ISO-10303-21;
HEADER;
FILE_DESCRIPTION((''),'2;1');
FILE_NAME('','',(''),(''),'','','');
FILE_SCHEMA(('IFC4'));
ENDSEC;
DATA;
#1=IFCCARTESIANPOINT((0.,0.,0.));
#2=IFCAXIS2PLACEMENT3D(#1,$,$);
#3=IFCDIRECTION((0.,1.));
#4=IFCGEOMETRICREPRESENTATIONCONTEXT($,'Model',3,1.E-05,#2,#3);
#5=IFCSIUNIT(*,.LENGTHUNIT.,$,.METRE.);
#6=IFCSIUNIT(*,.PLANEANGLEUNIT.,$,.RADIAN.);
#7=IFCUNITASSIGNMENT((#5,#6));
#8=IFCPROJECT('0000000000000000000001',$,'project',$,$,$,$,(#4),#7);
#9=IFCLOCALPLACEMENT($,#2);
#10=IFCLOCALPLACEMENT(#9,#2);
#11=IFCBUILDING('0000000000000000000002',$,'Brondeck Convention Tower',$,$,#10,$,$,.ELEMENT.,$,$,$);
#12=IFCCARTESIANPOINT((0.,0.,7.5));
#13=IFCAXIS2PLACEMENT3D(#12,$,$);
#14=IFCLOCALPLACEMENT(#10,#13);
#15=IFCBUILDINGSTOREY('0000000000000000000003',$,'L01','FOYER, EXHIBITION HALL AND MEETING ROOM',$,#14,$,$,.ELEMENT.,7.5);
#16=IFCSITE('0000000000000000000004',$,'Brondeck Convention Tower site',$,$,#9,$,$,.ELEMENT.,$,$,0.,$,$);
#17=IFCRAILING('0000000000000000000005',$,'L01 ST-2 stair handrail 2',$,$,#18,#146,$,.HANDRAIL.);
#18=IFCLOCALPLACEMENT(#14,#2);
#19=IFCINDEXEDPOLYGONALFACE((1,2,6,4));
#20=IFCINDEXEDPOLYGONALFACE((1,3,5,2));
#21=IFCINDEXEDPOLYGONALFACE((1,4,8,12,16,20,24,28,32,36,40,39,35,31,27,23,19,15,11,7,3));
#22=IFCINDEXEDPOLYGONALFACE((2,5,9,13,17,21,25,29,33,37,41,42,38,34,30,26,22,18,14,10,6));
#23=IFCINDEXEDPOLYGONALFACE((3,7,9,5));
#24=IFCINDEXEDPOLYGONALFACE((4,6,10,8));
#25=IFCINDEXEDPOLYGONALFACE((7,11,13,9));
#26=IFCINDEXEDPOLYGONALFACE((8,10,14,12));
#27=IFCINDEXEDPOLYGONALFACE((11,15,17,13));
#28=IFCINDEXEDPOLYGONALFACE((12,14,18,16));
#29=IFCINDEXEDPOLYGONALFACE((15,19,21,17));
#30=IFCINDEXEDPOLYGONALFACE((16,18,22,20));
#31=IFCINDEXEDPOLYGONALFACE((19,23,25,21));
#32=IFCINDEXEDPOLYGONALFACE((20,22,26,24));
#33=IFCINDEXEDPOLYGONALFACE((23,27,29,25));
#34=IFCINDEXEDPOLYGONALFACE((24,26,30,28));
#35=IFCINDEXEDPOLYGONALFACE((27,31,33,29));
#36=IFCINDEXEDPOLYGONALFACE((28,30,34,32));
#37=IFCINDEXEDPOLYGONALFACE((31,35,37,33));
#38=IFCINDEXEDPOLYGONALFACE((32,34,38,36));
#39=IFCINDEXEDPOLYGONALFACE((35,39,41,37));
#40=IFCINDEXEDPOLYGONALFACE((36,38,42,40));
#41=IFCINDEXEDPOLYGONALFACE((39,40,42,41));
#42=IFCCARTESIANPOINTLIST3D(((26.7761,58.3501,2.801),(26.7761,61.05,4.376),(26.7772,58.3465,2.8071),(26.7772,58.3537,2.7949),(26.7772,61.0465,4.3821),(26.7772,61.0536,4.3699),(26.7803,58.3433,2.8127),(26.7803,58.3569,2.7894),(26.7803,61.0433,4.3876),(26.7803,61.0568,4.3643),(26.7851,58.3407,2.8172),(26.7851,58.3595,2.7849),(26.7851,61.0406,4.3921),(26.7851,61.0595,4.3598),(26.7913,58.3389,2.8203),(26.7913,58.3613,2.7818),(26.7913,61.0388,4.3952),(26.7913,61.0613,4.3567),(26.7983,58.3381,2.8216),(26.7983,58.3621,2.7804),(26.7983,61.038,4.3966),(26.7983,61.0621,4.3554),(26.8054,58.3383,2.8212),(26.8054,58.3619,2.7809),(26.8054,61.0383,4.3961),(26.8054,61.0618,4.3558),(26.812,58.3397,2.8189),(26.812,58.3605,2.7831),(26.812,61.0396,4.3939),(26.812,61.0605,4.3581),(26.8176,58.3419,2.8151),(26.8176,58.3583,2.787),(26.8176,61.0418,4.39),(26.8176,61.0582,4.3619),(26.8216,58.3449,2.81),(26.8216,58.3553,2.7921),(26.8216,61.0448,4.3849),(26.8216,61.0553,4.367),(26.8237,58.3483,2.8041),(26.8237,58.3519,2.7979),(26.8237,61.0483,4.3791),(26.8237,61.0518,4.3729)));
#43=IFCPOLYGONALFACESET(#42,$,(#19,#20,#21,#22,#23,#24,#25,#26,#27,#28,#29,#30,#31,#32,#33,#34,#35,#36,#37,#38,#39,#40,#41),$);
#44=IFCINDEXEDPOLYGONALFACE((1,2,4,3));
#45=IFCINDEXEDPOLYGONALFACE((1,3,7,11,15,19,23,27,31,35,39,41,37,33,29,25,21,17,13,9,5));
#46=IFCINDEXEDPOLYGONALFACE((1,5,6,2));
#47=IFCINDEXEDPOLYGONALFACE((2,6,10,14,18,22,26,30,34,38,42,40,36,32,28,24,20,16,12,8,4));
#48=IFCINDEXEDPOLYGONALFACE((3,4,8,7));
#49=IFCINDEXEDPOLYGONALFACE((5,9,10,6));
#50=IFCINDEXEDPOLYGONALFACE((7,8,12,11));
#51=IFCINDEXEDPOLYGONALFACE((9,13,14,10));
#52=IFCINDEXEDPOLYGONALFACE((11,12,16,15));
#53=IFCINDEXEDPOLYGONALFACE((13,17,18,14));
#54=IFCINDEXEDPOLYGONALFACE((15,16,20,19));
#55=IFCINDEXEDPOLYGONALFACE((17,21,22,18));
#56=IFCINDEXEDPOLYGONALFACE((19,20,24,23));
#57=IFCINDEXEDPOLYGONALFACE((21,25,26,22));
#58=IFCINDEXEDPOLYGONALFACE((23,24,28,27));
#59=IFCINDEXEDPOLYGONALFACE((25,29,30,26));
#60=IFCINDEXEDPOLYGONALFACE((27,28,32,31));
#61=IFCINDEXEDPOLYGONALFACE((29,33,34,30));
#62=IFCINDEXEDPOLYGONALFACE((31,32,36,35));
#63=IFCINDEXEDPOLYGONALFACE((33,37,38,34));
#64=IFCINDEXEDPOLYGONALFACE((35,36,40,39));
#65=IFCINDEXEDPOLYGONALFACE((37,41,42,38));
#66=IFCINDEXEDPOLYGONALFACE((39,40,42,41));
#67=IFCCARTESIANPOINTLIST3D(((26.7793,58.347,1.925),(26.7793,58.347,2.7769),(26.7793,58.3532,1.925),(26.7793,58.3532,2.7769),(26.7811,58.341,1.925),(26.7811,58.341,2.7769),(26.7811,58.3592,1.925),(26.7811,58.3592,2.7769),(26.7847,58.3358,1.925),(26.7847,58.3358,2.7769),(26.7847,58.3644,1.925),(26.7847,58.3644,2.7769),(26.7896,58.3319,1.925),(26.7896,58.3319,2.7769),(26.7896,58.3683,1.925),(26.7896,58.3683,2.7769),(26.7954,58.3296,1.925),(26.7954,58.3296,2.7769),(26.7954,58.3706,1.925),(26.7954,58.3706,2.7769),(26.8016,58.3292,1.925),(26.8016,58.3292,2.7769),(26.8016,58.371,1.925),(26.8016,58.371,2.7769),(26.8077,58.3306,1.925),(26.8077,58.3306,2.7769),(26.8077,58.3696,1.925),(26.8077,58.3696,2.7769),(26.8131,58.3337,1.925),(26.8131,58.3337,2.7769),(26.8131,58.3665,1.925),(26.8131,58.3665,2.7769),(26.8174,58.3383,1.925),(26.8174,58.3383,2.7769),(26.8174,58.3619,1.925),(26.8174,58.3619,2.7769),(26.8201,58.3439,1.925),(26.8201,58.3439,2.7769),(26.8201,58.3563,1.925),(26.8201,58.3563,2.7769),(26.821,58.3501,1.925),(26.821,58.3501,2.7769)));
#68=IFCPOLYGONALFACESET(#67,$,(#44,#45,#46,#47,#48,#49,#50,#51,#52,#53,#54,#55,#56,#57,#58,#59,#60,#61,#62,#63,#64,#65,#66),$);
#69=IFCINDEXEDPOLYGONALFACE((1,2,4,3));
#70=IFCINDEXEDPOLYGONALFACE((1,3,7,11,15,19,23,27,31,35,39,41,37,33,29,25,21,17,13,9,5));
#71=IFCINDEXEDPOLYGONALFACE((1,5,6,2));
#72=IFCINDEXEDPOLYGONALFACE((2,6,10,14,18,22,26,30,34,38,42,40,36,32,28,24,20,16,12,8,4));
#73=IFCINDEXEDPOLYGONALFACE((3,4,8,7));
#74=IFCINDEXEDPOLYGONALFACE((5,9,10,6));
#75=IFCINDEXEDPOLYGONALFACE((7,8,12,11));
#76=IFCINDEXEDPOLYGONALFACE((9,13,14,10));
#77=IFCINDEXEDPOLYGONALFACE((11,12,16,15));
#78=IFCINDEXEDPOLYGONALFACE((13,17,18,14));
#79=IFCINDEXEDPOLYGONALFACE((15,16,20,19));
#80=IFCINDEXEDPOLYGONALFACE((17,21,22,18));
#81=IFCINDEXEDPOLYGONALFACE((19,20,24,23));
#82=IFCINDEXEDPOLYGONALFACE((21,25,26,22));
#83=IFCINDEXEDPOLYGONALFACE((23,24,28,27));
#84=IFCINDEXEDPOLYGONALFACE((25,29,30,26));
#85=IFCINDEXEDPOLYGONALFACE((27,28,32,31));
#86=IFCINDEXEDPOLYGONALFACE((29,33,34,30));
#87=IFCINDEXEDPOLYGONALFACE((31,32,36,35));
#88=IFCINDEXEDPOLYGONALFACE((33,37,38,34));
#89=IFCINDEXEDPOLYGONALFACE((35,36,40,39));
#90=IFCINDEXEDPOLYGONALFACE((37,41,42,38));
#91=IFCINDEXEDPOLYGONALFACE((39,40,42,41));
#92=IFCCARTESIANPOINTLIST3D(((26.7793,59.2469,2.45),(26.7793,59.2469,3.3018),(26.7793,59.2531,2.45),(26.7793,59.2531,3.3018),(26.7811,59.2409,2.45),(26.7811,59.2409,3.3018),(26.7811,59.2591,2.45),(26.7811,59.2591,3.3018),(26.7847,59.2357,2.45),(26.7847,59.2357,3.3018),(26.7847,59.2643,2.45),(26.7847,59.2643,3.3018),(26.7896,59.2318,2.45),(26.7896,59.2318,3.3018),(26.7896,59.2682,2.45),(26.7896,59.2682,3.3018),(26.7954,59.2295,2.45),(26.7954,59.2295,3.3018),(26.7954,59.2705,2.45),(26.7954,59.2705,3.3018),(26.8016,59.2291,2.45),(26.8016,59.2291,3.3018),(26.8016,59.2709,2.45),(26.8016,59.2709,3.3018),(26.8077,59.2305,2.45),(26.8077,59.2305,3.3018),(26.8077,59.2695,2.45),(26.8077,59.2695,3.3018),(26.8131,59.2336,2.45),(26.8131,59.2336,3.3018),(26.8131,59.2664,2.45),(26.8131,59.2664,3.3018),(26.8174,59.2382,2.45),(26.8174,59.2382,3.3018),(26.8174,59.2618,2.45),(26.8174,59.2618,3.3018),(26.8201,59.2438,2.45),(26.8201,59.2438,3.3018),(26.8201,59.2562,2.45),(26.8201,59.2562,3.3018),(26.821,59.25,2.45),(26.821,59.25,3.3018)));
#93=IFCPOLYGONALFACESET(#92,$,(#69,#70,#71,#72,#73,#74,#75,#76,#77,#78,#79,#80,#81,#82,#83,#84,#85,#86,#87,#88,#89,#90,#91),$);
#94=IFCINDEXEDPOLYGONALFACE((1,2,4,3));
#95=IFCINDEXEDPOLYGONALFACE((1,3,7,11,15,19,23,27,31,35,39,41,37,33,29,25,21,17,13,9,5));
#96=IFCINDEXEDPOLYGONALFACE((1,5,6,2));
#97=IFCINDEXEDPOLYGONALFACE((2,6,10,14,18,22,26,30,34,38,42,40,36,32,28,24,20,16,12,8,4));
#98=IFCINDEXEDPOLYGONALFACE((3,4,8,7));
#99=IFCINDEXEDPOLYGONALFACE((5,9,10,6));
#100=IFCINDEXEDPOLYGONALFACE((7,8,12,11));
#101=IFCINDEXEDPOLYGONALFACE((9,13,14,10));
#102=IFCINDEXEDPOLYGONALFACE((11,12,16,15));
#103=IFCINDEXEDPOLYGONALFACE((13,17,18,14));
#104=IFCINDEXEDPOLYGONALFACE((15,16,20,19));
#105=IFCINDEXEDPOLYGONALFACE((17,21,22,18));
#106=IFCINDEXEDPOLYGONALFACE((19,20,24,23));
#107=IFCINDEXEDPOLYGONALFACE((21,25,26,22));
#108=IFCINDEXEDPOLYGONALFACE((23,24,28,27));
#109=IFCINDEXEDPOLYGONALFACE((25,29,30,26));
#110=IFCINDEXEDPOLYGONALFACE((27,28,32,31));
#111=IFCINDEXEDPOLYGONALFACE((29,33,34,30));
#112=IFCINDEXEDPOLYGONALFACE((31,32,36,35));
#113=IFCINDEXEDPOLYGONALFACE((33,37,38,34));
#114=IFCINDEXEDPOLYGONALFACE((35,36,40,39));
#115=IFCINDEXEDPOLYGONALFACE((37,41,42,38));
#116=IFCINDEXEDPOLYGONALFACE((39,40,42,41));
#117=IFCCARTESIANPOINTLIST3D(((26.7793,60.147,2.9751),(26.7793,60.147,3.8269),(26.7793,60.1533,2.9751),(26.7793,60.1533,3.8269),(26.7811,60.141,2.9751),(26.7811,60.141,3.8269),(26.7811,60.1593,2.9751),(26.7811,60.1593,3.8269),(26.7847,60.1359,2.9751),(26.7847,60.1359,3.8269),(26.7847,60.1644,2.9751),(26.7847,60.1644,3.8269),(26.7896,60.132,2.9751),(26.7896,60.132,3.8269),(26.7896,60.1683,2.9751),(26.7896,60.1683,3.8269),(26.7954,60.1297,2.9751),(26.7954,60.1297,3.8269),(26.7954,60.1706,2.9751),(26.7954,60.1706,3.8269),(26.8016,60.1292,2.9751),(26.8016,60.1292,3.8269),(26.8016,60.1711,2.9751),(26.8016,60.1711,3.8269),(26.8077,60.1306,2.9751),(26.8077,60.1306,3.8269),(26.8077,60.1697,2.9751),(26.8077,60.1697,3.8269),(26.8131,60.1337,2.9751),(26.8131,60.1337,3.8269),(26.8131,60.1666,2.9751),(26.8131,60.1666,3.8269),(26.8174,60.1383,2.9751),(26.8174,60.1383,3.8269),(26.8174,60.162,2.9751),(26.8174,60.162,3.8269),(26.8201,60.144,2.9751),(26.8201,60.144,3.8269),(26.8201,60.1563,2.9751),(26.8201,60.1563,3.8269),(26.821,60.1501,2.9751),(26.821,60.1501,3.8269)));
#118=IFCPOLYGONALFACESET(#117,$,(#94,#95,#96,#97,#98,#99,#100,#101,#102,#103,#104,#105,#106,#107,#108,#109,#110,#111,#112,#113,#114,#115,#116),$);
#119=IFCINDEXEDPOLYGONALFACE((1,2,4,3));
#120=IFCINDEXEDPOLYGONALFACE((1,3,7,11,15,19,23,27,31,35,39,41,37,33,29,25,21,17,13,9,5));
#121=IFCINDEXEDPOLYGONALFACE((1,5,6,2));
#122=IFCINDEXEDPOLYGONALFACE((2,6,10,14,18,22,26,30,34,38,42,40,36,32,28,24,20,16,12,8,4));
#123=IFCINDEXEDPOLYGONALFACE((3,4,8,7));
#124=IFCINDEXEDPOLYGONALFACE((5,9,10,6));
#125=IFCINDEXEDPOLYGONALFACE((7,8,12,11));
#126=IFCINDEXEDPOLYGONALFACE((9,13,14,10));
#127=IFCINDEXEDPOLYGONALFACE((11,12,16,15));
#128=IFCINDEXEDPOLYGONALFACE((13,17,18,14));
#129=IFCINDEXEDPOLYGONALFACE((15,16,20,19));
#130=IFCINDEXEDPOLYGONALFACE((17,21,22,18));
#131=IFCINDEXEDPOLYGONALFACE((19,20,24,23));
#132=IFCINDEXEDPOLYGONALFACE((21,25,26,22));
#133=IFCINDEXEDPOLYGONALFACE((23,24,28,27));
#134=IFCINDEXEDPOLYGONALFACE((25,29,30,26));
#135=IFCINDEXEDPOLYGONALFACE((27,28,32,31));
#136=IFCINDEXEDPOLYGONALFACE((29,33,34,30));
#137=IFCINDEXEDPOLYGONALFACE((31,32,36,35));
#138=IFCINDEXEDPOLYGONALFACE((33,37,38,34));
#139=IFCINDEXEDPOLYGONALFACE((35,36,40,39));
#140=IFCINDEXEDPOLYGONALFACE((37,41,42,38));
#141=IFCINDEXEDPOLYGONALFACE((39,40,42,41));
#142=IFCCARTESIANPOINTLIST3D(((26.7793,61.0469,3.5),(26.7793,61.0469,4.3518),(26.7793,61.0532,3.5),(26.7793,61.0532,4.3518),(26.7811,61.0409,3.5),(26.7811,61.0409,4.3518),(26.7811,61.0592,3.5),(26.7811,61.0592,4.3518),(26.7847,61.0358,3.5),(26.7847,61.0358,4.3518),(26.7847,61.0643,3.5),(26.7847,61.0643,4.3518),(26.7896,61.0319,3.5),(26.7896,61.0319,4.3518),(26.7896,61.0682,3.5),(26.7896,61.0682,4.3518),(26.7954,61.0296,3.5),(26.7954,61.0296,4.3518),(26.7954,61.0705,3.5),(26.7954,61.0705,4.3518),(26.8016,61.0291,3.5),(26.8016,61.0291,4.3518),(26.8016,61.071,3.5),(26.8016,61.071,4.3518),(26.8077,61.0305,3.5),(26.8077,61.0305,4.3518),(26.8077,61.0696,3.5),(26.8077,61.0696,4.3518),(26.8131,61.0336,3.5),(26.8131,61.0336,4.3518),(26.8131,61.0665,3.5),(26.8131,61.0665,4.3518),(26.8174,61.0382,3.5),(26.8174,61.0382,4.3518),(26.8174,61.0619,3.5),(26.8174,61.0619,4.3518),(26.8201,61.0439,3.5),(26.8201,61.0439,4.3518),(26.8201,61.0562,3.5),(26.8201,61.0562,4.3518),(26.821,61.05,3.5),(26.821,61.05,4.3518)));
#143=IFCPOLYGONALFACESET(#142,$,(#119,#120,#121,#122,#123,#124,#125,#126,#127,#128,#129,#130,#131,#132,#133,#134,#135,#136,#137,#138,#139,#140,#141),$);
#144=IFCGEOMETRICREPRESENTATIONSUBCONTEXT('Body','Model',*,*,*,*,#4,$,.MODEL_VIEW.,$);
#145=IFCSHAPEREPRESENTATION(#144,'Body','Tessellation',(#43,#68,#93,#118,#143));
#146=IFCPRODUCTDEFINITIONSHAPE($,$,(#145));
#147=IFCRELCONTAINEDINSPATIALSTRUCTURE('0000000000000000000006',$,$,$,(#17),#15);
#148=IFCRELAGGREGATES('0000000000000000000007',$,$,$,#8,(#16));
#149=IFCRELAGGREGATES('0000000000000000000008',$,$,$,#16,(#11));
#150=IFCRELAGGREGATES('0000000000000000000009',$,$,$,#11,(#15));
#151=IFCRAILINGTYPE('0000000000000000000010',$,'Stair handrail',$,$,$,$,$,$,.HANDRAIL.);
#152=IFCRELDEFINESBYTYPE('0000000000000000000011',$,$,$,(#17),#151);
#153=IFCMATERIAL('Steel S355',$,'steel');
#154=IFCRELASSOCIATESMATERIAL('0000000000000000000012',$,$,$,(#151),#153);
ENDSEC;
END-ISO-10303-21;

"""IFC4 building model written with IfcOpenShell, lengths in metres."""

from ifc_helpers import new_model, si_unit, direction, frame, origin, origin_2d, place, context, subcontext, project, spatial, circle, extrude, material, type_object, element, save


model = new_model("IFC4")

# Units and contexts
model_context = context("Model", 3, precision=1e-05, world=origin(), true_north=direction((0.0, 1.0)))
body_context = subcontext(model_context, "Body", "Model", "MODEL_VIEW")
ifc_project = project(units=[si_unit("LENGTHUNIT", "METRE"), si_unit("PLANEANGLEUNIT", "RADIAN")], contexts=[model_context])

# Site, building, storey
site_placement = place(None, origin())
site = spatial("IfcSite", under=ifc_project, at=site_placement, Name="Brondeck Convention Tower site", CompositionType="ELEMENT", RefElevation=0.0)
building_placement = place(site_placement, origin())
building = spatial("IfcBuilding", under=site, at=building_placement, Name="Brondeck Convention Tower", CompositionType="ELEMENT")
storey_placement = place(building_placement, frame((0.0, 0.0, 7.5)))
storey = spatial("IfcBuildingStorey", under=building, at=storey_placement, Name="L01", Description="FOYER, EXHIBITION HALL AND MEETING ROOM", CompositionType="ELEMENT", Elevation=7.5)

# Shared definitions
ifc_material_1 = material(Name="Steel S355", Category="steel")

# Railing
railing_type_1 = type_object("IfcRailingType", Name="Stair handrail", PredefinedType="HANDRAIL", material=ifc_material_1)
railing_1_placement = place(storey_placement, frame((26.8, 58.3501, 1.925)))
element("IfcRailing", 1, at=railing_1_placement, inside=storey, type_object=railing_type_1, Name="L01 ST-2 stair handrail 2", PredefinedType="HANDRAIL", context=body_context, shape_type="SweptSolid", body=[
    extrude(circle(Radius=0.0239, at=origin_2d()), frame((0.0, 0.0, 0.876), z_axis=(0.0, 0.863782, 0.503866), x_axis=(-1.0, 0.0, 0.0)), (0.0, 0.0, 1.0), 3.1257),
    extrude(circle(Radius=0.021, at=origin_2d()), origin(), (0.0, 0.0, 1.0), 0.8518),
    extrude(circle(Radius=0.021, at=origin_2d()), frame((0.0, 0.8999, 0.5249)), (0.0, 0.0, 1.0), 0.8518),
    extrude(circle(Radius=0.021, at=origin_2d()), frame((0.0, 1.8, 1.05)), (0.0, 0.0, 1.0), 0.8518),
    extrude(circle(Radius=0.021, at=origin_2d()), frame((0.0, 2.7, 1.575)), (0.0, 0.0, 1.0), 0.8518),
])

save(model, "model.ifc")
